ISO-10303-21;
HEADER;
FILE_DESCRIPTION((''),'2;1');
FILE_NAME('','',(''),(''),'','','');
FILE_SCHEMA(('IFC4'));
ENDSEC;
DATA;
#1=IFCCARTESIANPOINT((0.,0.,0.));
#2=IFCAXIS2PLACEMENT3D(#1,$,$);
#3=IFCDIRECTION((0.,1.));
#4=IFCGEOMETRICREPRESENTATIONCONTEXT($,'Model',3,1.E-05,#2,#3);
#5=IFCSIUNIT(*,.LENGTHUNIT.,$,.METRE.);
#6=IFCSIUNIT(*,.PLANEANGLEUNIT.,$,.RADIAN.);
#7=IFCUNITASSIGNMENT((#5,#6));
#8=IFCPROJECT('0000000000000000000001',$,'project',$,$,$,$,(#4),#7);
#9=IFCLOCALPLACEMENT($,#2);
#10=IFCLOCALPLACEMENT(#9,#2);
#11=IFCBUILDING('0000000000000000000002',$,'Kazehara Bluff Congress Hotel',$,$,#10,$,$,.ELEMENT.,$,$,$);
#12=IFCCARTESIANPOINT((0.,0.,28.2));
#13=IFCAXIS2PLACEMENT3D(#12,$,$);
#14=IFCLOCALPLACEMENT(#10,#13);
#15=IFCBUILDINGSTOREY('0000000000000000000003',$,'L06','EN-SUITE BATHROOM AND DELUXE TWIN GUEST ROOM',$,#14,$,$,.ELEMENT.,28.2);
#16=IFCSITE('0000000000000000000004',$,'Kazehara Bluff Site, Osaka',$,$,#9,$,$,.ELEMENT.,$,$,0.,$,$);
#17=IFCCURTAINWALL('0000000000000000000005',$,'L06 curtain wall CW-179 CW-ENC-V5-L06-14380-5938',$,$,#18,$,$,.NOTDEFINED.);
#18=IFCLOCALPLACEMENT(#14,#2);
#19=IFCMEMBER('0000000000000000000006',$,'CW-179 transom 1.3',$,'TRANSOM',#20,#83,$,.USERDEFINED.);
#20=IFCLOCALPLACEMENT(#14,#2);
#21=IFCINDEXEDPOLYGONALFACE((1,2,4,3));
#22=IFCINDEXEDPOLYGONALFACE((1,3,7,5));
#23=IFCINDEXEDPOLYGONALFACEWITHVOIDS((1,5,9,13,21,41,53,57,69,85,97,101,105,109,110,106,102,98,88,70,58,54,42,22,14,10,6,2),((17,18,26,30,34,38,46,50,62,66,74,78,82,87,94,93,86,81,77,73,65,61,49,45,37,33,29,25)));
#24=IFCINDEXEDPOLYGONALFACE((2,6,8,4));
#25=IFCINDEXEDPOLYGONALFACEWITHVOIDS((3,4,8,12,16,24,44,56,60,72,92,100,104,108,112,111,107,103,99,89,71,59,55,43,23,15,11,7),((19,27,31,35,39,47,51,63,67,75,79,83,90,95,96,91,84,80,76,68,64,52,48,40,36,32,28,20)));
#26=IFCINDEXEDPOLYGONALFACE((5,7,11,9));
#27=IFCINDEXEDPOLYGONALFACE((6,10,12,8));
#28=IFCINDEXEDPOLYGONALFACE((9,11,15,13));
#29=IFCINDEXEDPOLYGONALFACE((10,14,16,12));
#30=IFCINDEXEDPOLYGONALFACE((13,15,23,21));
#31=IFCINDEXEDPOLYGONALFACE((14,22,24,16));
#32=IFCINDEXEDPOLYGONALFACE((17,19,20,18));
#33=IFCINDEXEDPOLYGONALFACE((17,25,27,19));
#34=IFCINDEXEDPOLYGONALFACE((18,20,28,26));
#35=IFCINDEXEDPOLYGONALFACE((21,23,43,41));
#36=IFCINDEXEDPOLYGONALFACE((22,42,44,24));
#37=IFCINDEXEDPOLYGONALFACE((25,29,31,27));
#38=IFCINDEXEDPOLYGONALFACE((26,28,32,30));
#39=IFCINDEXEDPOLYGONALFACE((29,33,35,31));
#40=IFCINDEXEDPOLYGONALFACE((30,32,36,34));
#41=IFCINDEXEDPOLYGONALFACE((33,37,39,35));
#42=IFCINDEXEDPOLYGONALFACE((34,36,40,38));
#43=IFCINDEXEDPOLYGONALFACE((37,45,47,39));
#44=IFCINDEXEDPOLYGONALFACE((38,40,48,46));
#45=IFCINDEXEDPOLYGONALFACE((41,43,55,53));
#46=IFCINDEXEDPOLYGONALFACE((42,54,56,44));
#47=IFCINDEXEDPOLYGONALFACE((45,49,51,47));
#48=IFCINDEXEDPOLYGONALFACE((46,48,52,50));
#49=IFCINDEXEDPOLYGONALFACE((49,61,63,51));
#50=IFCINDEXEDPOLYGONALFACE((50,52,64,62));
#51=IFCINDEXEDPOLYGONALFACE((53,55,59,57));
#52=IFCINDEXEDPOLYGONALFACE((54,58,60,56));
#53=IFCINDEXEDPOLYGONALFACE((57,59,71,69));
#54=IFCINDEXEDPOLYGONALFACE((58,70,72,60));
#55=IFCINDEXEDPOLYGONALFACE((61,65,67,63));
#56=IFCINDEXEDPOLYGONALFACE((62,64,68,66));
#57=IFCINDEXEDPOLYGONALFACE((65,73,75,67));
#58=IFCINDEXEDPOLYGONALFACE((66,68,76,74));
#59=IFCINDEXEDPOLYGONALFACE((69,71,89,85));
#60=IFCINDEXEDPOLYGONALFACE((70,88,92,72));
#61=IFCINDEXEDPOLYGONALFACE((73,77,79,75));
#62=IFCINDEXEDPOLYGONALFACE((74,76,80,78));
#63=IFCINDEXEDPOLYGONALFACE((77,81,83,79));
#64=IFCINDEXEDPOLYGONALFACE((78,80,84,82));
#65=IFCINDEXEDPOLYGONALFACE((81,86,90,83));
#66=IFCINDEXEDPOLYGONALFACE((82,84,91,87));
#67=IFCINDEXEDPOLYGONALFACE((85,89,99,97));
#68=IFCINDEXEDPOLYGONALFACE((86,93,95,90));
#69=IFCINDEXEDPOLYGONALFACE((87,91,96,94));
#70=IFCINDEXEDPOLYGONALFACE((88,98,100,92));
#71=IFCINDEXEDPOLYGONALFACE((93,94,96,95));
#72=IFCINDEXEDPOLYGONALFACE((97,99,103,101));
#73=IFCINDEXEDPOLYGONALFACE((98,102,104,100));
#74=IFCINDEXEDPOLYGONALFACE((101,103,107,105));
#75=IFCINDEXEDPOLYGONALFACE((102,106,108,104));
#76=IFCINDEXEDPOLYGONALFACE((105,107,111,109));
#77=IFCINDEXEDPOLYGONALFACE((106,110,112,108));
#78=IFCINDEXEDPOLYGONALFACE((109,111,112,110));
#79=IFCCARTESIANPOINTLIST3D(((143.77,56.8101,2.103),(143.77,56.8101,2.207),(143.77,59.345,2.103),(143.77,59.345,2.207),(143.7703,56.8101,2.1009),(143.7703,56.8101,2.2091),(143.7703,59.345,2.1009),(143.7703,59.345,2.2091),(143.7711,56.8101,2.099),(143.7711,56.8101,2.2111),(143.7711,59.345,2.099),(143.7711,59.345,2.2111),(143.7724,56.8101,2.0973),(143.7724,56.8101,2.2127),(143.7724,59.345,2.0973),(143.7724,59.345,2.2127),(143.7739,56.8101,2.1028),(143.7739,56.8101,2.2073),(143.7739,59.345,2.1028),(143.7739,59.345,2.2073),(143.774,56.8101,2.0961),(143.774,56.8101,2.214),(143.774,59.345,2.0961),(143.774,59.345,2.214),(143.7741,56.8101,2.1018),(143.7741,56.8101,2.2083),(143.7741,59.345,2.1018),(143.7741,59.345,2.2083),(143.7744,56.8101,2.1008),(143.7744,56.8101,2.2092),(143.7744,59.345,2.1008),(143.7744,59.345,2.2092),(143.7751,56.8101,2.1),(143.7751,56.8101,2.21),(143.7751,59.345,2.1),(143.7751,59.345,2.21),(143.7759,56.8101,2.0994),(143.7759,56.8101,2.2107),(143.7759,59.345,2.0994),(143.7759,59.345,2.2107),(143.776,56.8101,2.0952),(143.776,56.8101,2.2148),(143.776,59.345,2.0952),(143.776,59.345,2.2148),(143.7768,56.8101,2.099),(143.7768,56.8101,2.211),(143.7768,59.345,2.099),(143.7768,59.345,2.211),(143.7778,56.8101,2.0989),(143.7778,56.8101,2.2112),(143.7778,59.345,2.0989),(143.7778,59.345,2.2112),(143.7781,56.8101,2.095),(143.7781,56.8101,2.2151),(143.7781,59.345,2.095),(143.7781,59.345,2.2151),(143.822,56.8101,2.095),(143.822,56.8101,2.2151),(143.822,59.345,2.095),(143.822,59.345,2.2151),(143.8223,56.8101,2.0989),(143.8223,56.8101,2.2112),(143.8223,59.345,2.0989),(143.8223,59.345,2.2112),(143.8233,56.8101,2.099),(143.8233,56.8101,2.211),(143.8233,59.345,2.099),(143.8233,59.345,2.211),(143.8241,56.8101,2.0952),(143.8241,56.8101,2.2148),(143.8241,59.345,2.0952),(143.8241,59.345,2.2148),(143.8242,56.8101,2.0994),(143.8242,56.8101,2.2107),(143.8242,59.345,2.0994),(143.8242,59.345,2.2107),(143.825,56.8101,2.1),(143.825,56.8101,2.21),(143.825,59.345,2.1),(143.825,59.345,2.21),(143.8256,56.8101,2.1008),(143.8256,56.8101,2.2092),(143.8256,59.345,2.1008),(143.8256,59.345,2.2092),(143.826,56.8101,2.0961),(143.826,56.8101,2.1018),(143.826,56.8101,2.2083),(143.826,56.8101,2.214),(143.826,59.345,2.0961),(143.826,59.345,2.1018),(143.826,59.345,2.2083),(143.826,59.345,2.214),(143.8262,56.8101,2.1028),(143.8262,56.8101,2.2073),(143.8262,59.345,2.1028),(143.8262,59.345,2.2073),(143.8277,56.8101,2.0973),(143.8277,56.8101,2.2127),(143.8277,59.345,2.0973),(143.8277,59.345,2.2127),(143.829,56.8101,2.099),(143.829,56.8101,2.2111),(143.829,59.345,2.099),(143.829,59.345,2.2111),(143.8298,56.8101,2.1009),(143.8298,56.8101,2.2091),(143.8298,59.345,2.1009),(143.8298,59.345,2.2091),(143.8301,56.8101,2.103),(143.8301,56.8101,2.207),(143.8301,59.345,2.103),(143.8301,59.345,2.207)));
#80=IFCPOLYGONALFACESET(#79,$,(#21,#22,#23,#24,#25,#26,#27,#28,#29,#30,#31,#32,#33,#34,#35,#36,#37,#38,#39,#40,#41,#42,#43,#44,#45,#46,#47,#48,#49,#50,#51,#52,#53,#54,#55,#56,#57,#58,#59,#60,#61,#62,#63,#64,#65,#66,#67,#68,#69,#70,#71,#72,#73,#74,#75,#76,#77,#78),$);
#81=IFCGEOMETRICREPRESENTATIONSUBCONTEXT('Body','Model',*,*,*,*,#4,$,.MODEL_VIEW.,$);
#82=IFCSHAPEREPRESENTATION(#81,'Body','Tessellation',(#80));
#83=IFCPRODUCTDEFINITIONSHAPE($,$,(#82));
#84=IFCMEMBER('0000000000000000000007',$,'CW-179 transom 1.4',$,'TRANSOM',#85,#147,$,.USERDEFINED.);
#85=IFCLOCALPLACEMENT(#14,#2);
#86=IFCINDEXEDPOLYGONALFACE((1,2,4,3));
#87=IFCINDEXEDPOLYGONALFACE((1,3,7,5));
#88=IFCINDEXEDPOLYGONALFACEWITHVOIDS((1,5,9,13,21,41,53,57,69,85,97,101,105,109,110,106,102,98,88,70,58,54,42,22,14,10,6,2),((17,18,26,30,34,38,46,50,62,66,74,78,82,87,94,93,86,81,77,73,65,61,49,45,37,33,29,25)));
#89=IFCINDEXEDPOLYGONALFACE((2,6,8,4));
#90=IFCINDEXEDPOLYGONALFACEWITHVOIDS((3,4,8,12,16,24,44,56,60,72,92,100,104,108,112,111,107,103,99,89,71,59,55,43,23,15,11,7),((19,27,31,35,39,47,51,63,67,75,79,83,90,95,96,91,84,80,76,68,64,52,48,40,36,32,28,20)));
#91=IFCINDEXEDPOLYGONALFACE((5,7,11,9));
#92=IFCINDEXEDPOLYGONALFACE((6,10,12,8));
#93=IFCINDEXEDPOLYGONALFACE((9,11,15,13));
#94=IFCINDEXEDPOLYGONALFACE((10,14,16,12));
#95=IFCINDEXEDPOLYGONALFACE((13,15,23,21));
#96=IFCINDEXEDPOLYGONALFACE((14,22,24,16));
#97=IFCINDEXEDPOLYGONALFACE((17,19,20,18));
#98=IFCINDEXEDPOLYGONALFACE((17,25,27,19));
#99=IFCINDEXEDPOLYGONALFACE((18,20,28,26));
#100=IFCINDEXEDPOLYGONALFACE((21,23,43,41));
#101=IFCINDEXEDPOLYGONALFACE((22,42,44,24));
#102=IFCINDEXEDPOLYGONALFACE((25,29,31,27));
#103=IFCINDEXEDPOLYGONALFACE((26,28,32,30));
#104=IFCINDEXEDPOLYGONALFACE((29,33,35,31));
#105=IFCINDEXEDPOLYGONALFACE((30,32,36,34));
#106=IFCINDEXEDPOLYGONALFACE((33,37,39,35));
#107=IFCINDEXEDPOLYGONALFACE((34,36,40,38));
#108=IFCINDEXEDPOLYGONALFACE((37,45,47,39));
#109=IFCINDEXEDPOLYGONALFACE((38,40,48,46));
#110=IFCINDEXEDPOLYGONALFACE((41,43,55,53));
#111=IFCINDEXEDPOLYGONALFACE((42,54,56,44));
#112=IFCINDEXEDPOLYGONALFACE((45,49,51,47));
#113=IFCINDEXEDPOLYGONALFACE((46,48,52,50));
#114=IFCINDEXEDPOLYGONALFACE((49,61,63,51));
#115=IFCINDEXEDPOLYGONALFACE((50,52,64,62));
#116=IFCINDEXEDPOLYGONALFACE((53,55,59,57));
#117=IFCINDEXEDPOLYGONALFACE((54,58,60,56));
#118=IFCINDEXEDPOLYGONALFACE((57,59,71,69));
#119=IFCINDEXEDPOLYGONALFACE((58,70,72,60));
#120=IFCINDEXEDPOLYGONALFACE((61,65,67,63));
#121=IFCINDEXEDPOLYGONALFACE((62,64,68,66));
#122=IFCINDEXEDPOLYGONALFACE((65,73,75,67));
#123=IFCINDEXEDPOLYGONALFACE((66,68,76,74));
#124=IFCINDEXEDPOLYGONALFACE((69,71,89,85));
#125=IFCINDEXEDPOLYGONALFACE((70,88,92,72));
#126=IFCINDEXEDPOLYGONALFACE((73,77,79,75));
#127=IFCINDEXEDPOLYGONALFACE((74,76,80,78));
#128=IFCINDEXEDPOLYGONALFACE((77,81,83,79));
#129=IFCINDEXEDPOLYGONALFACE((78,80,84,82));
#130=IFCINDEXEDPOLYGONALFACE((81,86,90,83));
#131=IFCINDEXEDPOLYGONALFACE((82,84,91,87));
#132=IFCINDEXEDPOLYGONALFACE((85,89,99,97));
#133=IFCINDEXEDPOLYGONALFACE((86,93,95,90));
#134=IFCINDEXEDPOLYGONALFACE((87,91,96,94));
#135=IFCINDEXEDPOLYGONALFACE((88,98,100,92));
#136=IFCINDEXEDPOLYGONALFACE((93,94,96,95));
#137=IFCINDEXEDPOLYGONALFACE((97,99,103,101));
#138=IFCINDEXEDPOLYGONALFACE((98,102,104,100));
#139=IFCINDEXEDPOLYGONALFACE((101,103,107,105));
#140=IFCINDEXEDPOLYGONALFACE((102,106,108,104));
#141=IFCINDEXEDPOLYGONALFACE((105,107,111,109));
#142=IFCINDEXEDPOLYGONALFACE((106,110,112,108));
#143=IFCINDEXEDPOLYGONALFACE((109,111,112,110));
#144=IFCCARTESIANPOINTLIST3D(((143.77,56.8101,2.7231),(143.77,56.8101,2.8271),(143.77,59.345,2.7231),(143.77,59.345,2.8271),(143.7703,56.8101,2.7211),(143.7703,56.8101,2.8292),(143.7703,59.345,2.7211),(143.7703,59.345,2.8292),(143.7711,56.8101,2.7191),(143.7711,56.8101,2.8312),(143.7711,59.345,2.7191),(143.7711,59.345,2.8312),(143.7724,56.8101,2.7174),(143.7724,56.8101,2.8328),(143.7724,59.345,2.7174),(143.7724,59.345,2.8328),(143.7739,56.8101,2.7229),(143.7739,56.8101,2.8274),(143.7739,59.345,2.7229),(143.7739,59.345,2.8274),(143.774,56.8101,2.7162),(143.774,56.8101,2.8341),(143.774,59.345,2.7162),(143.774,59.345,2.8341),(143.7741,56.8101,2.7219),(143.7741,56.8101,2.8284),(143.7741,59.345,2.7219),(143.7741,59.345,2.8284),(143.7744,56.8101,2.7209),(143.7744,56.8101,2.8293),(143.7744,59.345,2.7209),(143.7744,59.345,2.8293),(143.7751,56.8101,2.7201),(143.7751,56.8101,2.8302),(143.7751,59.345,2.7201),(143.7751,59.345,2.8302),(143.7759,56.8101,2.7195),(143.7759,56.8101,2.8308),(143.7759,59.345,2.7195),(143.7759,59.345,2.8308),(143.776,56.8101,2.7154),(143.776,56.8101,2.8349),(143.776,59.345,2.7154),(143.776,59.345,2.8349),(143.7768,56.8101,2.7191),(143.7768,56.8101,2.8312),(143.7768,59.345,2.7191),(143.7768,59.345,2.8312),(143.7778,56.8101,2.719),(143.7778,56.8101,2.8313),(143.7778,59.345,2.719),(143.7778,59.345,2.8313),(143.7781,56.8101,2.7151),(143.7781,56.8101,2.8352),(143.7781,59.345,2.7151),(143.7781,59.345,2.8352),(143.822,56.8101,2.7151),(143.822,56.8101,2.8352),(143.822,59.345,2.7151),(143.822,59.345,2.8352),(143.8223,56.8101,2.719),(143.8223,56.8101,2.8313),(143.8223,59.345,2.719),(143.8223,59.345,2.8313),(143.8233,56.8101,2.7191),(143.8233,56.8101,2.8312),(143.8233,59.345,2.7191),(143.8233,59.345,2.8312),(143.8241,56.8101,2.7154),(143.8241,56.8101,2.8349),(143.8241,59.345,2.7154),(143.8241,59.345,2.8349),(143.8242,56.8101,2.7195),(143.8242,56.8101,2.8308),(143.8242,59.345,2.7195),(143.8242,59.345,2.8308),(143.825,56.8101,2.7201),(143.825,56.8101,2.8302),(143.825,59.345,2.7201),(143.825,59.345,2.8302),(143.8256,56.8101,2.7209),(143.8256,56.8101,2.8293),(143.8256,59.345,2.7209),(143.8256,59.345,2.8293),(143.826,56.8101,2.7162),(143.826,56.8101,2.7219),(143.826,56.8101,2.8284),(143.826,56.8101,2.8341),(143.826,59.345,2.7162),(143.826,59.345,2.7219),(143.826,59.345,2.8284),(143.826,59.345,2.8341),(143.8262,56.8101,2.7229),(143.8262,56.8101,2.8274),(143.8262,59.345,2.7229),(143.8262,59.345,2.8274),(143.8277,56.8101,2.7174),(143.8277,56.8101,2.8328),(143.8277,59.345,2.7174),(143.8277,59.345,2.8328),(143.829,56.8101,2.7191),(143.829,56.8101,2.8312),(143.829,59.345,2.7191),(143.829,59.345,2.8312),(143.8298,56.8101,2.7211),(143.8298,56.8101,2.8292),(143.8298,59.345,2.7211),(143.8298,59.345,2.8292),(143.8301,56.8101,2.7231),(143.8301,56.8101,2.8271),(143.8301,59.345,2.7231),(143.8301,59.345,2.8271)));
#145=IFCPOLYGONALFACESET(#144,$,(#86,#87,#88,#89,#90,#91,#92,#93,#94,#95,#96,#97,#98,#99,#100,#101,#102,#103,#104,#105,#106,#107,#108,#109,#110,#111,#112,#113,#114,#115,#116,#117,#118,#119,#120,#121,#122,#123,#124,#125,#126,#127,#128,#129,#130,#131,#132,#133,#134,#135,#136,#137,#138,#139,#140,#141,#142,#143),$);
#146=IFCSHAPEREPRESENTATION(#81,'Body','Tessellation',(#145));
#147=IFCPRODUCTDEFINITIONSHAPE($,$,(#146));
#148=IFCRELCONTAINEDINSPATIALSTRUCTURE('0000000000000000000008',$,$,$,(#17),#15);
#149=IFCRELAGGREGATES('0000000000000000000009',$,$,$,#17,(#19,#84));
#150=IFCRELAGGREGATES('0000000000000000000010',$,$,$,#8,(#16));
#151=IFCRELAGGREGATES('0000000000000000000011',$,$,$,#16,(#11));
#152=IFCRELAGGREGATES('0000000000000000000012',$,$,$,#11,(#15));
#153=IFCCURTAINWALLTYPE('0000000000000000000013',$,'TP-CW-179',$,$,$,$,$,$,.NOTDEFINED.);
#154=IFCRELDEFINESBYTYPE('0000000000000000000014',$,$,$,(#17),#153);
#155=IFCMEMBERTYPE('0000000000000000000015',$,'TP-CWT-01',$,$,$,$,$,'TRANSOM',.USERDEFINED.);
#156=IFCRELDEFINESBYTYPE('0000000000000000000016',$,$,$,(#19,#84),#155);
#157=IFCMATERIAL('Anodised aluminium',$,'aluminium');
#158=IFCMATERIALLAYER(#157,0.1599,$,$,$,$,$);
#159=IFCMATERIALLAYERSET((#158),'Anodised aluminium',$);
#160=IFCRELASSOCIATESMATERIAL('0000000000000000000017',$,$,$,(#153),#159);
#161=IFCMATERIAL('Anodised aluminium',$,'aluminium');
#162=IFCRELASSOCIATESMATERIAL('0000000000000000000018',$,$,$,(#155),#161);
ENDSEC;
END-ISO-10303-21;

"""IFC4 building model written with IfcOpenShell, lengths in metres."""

from ifc_helpers import new_model, si_unit, direction, frame, origin, origin_2d, place, context, subcontext, project, spatial, hollow_rectangle, extrude, material, layer, layer_set, material_profile, profile_set, type_object, element, aggregate, save


model = new_model("IFC4")

# Units and contexts
model_context = context("Model", 3, precision=1e-05, world=origin(), true_north=direction((0.0, 1.0)))
body_context = subcontext(model_context, "Body", "Model", "MODEL_VIEW")
ifc_project = project(units=[si_unit("LENGTHUNIT", "METRE"), si_unit("PLANEANGLEUNIT", "RADIAN")], contexts=[model_context])

# Site, building, storey
site_placement = place(None, origin())
site = spatial("IfcSite", under=ifc_project, at=site_placement, Name="Kazehara Bluff Site, Osaka", CompositionType="ELEMENT", RefElevation=0.0)
building_placement = place(site_placement, origin())
building = spatial("IfcBuilding", under=site, at=building_placement, Name="Kazehara Bluff Congress Hotel", CompositionType="ELEMENT")
storey_placement = place(building_placement, frame((0.0, 0.0, 28.2)))
storey = spatial("IfcBuildingStorey", under=building, at=storey_placement, Name="L06", Description="EN-SUITE BATHROOM AND DELUXE TWIN GUEST ROOM", CompositionType="ELEMENT", Elevation=28.2)

# Curtain wall, members
ifc_material_1 = material(Name="Anodised aluminium", Category="aluminium")
ifc_layer_1 = layer(ifc_material_1, 0.1599)
ifc_layer_set_1 = layer_set([ifc_layer_1], Name="Anodised aluminium")
curtain_wall_type = type_object("IfcCurtainWallType", Name="TP-CW-179", PredefinedType="NOTDEFINED", material=ifc_layer_set_1)
curtain_wall_placement = place(storey_placement, origin())
curtain_wall = element("IfcCurtainWall", 1, at=curtain_wall_placement, inside=storey, type_object=curtain_wall_type, Name="L06 curtain wall CW-179 CW-ENC-V5-L06-14380-5938", PredefinedType="NOTDEFINED")
ifc_material_2 = material(Name="Anodised aluminium", Category="aluminium")
ifc_material_profile_1 = material_profile(ifc_material_2, hollow_rectangle(XDim=0.0601, YDim=0.1201, WallThickness=0.0039, InnerFilletRadius=0.0039, OuterFilletRadius=0.0081, at=origin_2d()))
ifc_profile_set_1 = profile_set([ifc_material_profile_1], Name="Anodised aluminium")
member_type_1 = type_object("IfcMemberType", Name="TP-CWT-01", ElementType="TRANSOM", PredefinedType="USERDEFINED", material=ifc_profile_set_1)
member_1_placement = place(storey_placement, frame((143.8, 56.8101, 2.155), z_axis=(0.0, 1.0, 0.0), x_axis=(-1.0, 0.0, 0.0)))
member_1 = element("IfcMember", 2, at=member_1_placement, type_object=member_type_1, Name="CW-179 transom 1.3", ObjectType="TRANSOM", PredefinedType="USERDEFINED", context=body_context, shape_type="SweptSolid", body=[
    extrude(hollow_rectangle(XDim=0.0601, YDim=0.1201, WallThickness=0.0039, InnerFilletRadius=0.0039, OuterFilletRadius=0.0081, at=origin_2d()), origin(), (0.0, 0.0, 1.0), 2.5349),
])
member_2_placement = place(storey_placement, frame((143.8, 56.8101, 2.7751), z_axis=(0.0, 1.0, 0.0), x_axis=(-1.0, 0.0, 0.0)))
member_2 = element("IfcMember", 3, at=member_2_placement, type_object=member_type_1, Name="CW-179 transom 1.4", ObjectType="TRANSOM", PredefinedType="USERDEFINED", context=body_context, shape_type="SweptSolid", body=[
    extrude(hollow_rectangle(XDim=0.0601, YDim=0.1201, WallThickness=0.0039, InnerFilletRadius=0.0039, OuterFilletRadius=0.0081, at=origin_2d()), origin(), (0.0, 0.0, 1.0), 2.5349),
])

aggregate(curtain_wall, [member_1, member_2])

save(model, "model.ifc")
